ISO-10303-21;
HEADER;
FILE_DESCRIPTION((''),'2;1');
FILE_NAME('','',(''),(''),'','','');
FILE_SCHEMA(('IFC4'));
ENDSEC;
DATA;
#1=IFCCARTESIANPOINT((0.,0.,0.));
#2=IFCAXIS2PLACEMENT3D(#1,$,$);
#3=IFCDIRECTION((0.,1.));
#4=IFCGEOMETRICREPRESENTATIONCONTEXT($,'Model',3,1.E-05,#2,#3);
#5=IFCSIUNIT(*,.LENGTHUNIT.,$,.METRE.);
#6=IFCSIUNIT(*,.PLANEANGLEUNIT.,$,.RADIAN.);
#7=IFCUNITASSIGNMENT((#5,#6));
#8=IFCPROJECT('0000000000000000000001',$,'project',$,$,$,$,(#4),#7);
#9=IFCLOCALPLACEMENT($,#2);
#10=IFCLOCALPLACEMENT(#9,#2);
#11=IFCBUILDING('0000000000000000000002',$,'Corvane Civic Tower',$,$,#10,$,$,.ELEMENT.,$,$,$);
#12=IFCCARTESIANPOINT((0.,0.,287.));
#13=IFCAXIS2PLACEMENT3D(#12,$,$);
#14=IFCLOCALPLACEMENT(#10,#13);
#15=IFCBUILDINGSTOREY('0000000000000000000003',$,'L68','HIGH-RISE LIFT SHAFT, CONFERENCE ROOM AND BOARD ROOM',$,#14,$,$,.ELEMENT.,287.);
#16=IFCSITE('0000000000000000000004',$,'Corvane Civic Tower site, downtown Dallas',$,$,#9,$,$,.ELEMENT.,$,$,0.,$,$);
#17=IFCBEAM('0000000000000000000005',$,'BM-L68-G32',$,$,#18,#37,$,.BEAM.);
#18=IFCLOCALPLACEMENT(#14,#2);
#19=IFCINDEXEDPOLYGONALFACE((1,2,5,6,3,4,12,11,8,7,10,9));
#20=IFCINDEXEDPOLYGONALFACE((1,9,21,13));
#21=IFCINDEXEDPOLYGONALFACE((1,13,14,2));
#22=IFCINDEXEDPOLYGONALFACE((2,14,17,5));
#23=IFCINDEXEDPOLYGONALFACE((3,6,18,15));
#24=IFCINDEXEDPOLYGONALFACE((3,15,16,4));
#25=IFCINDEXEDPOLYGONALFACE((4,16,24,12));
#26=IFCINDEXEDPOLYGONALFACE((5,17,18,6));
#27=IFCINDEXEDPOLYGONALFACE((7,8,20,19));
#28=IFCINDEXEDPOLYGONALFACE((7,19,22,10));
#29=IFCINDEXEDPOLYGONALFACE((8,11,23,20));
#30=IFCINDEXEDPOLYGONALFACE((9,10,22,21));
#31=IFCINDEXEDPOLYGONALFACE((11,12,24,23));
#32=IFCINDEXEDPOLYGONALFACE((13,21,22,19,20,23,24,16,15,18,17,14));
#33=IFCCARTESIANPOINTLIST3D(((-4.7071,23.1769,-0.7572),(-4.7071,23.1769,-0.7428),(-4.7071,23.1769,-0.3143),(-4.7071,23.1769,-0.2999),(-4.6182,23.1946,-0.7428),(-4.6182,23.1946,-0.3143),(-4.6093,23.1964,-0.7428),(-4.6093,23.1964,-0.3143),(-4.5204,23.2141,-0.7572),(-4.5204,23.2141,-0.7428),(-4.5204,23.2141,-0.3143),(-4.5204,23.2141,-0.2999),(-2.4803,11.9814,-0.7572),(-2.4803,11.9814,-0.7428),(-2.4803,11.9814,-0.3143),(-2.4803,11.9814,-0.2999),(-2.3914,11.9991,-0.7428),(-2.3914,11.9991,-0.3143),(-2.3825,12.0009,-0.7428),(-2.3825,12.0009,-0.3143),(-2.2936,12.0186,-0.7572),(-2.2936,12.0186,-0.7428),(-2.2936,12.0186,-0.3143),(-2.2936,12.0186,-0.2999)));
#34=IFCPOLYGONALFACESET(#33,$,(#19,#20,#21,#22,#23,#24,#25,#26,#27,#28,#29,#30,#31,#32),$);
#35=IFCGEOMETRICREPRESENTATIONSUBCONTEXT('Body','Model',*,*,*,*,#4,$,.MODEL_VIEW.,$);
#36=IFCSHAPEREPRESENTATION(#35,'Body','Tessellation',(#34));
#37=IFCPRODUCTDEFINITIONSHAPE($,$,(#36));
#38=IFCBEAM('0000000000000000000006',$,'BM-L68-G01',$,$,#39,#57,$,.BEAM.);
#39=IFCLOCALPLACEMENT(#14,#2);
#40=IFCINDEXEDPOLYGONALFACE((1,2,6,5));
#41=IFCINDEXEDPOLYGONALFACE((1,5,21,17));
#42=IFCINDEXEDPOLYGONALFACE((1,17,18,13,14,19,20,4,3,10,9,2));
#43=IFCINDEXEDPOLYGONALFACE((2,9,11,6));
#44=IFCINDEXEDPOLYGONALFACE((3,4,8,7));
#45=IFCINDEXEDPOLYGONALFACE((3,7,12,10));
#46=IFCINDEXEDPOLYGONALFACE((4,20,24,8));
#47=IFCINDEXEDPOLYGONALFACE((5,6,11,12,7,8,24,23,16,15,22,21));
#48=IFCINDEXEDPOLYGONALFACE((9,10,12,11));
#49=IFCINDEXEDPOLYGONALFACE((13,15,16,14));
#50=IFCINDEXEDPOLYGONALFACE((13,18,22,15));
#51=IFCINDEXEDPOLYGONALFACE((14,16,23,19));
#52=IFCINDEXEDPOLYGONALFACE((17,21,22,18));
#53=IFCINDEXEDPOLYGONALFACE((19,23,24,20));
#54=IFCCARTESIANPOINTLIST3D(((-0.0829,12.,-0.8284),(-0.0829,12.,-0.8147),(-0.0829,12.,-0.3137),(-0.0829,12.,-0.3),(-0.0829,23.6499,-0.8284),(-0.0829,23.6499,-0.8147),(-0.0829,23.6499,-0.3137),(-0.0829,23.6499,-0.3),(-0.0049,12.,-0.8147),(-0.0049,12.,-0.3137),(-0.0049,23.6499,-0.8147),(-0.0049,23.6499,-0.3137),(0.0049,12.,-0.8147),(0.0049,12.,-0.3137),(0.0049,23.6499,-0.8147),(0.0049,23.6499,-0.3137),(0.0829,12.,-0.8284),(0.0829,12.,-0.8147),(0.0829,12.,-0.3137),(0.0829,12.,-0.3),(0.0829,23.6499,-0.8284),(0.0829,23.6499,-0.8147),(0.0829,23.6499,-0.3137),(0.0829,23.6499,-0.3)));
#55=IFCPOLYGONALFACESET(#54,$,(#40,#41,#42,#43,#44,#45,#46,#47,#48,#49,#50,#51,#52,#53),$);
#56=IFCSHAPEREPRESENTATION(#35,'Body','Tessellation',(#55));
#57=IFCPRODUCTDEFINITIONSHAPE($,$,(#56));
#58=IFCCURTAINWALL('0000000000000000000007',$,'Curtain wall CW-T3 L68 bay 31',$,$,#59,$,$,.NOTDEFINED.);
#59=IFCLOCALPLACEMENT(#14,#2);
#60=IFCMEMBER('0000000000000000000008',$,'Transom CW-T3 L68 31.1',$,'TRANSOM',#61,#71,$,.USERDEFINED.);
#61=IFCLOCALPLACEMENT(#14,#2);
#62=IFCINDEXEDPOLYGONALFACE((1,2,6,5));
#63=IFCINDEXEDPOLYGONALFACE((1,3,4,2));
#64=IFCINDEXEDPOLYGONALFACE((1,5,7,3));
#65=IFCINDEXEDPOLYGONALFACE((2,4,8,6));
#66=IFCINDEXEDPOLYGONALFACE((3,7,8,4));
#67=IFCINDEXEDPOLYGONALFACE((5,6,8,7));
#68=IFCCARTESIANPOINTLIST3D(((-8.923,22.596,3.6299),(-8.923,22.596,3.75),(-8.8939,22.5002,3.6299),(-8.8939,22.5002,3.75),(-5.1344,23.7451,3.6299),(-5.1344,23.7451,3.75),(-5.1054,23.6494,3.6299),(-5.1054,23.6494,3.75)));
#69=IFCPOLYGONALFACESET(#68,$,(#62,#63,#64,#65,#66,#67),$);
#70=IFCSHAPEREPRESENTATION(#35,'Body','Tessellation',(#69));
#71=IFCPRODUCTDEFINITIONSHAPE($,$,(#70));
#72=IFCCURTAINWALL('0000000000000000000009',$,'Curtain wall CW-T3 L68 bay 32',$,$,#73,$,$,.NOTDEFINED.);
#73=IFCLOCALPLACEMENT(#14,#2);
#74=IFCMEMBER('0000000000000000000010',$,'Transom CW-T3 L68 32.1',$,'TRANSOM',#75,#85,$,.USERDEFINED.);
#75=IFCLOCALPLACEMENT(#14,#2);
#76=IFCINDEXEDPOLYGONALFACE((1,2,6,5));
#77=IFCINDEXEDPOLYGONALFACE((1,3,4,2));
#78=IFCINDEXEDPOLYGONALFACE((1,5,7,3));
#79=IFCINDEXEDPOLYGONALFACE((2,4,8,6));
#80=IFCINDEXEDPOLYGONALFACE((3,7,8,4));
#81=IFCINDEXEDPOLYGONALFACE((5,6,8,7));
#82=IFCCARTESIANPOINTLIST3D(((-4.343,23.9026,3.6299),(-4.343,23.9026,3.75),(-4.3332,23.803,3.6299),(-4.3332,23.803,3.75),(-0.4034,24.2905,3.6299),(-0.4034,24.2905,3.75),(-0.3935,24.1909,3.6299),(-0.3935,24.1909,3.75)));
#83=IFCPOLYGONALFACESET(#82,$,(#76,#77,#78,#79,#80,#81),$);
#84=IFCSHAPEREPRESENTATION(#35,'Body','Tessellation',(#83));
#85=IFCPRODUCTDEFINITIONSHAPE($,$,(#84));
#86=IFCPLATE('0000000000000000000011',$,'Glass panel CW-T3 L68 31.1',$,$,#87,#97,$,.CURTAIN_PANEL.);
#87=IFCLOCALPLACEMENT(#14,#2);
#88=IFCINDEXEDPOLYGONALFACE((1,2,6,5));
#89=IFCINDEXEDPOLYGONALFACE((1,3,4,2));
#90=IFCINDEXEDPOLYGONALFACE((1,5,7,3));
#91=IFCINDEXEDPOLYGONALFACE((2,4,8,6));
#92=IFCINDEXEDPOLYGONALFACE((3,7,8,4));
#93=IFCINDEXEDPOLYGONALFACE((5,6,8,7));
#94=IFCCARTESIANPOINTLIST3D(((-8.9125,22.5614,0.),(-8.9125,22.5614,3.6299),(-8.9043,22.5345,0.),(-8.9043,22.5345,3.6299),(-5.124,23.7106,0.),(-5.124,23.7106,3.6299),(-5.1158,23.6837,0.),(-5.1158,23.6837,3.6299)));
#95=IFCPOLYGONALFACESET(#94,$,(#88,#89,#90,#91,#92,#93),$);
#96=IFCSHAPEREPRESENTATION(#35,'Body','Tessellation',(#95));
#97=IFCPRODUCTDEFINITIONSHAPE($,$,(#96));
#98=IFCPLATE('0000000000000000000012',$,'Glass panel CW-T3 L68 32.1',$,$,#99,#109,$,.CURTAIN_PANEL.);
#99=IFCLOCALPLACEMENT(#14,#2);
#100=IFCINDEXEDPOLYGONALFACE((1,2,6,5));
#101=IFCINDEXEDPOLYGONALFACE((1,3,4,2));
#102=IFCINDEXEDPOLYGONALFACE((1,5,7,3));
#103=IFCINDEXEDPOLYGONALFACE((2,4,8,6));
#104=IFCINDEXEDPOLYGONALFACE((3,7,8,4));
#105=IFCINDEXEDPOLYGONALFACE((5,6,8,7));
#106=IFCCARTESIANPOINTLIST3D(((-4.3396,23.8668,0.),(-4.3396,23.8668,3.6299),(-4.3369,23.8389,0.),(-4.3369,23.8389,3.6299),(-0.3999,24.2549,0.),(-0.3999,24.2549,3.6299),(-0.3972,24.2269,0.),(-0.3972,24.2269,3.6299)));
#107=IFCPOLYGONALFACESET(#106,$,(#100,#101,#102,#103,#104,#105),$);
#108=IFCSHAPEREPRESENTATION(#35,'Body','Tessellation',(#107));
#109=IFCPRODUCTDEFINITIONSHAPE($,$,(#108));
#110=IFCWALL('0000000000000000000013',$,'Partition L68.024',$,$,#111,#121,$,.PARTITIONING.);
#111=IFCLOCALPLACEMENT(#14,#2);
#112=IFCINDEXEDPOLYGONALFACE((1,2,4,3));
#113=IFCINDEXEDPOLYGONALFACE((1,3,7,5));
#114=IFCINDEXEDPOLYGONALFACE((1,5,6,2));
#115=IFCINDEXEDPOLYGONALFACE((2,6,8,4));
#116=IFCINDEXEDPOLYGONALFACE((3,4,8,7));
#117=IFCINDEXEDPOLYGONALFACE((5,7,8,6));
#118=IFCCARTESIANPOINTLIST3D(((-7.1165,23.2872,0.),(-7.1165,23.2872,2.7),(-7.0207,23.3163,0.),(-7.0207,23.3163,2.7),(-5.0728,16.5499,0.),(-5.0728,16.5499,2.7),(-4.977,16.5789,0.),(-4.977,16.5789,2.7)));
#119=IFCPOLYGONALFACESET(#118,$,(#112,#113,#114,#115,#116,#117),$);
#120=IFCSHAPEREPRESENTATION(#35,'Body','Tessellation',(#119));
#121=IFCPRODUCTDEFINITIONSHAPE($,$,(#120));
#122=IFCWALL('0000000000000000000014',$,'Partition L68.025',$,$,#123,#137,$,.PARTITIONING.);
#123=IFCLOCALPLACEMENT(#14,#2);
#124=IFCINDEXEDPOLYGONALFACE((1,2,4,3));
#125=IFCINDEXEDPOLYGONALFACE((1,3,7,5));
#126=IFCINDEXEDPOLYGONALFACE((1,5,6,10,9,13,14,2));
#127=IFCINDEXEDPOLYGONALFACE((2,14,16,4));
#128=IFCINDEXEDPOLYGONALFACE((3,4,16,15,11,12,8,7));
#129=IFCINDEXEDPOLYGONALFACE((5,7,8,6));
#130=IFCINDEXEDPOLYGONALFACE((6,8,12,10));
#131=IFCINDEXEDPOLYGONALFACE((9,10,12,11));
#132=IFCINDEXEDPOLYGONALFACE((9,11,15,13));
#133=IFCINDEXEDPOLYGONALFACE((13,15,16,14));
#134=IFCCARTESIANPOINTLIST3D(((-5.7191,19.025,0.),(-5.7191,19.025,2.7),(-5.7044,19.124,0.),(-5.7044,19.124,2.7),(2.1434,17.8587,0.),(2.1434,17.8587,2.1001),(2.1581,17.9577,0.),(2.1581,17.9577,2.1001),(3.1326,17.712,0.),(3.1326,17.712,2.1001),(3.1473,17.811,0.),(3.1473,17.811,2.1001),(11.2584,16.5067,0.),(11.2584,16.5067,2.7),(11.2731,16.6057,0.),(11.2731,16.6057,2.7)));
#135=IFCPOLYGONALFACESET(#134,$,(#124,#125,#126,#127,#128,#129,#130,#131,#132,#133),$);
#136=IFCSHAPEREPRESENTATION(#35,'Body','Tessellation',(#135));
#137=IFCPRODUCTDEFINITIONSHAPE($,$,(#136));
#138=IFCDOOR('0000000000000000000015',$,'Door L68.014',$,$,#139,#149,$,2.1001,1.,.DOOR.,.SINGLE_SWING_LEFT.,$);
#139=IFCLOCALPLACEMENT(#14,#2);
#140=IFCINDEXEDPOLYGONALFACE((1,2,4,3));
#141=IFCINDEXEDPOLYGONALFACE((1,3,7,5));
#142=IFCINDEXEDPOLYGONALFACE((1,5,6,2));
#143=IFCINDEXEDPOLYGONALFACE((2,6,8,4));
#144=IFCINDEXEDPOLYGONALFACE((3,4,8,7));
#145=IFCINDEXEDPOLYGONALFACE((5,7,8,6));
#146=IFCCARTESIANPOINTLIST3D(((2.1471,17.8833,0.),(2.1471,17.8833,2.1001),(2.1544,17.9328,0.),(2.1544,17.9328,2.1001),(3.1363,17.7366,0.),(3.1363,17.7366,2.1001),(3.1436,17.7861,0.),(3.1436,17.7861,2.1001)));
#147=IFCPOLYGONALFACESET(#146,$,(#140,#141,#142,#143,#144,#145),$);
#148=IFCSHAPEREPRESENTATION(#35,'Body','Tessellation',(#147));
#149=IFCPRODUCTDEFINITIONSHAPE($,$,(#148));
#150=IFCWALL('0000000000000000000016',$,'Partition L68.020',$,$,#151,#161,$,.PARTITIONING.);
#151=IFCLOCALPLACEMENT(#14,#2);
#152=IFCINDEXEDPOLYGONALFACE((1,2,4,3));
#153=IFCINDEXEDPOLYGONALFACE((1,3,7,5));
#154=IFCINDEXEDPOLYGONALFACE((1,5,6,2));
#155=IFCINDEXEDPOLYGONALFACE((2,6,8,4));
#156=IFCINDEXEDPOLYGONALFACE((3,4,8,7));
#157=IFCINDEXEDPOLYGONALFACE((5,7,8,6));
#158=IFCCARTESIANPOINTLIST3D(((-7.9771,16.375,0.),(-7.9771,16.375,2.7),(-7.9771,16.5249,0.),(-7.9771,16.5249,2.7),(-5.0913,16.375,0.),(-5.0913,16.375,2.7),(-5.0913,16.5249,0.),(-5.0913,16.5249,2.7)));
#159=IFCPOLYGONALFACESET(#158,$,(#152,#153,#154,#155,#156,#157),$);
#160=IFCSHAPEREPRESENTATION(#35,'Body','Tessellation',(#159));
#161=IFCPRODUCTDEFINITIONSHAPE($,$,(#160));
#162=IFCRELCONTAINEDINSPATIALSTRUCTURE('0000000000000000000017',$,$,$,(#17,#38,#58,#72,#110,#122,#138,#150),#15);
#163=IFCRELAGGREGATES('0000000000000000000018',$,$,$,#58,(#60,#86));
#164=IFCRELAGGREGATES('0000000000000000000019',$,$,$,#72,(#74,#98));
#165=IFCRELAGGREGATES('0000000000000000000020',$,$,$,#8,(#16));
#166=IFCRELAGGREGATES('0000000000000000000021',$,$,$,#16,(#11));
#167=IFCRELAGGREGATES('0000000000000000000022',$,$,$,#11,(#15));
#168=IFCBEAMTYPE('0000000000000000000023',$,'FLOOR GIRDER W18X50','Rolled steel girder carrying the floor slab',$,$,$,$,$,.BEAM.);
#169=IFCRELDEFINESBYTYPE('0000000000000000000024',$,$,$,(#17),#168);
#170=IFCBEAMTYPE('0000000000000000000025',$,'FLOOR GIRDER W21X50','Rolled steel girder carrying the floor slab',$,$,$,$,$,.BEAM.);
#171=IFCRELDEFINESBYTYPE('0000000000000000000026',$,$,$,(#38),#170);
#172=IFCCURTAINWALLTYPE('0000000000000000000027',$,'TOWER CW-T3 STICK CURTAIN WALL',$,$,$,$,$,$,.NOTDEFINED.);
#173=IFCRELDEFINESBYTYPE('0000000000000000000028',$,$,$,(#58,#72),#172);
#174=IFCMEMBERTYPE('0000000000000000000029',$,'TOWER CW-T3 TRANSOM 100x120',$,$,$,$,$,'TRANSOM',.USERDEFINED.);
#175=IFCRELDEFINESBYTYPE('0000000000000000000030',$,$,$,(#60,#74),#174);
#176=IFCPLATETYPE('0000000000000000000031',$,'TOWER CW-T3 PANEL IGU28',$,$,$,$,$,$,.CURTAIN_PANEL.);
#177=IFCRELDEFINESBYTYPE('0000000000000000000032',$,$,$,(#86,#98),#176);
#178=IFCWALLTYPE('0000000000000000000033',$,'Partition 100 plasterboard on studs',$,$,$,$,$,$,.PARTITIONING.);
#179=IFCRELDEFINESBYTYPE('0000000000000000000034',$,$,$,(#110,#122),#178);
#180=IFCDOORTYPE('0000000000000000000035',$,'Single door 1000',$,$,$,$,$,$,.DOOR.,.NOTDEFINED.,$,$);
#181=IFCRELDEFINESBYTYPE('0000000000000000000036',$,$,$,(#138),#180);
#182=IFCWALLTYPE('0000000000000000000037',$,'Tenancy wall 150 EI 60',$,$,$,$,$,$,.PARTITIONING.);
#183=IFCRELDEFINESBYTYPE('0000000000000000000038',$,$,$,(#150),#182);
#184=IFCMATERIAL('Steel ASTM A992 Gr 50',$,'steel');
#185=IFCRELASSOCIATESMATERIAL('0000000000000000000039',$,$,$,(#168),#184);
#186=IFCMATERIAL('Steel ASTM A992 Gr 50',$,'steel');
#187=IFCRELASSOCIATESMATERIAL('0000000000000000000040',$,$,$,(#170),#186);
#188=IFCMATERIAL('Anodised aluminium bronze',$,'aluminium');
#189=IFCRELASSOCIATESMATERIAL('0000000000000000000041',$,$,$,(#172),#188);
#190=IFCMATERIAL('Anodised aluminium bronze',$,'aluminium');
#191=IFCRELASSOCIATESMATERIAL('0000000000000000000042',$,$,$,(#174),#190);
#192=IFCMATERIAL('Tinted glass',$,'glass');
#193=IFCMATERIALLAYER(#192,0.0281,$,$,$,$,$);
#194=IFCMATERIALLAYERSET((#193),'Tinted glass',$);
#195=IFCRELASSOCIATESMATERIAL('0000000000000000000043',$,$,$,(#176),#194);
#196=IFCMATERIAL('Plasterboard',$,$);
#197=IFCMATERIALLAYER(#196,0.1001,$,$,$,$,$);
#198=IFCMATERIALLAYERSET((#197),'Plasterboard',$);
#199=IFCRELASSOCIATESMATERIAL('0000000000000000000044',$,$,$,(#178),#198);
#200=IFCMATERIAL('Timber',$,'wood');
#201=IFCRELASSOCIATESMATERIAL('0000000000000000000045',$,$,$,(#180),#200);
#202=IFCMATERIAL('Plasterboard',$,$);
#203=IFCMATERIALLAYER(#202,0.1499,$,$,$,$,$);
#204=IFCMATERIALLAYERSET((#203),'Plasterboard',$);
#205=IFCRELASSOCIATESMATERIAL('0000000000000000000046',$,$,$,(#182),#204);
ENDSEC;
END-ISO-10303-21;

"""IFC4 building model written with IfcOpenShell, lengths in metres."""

from ifc_helpers import new_model, si_unit, direction, frame, frame_2d, origin, origin_2d, place, context, subcontext, project, spatial, rectangle, i_section, extrude, material, layer, layer_set, material_profile, profile_set, type_object, element, fill, aggregate, save


model = new_model("IFC4")

# Units and contexts
model_context = context("Model", 3, precision=1e-05, world=origin(), true_north=direction((0.0, 1.0)))
body_context = subcontext(model_context, "Body", "Model", "MODEL_VIEW")
ifc_project = project(units=[si_unit("LENGTHUNIT", "METRE"), si_unit("PLANEANGLEUNIT", "RADIAN")], contexts=[model_context])

# Site, building, storey
site_placement = place(None, origin())
site = spatial("IfcSite", under=ifc_project, at=site_placement, Name="Corvane Civic Tower site, downtown Dallas", CompositionType="ELEMENT", RefElevation=0.0)
building_placement = place(site_placement, origin())
building = spatial("IfcBuilding", under=site, at=building_placement, Name="Corvane Civic Tower", CompositionType="ELEMENT")
storey_placement = place(building_placement, frame((0.0, 0.0, 287.0)))
storey = spatial("IfcBuildingStorey", under=building, at=storey_placement, Name="L68", Description="HIGH-RISE LIFT SHAFT, CONFERENCE ROOM AND BOARD ROOM", CompositionType="ELEMENT", Elevation=287.0)

# Beams
ifc_material_1 = material(Name="Steel ASTM A992 Gr 50", Category="steel")
ifc_material_profile_1 = material_profile(ifc_material_1, i_section(OverallWidth=0.1904, OverallDepth=0.4573, WebThickness=0.009, FlangeThickness=0.0144, at=origin_2d()), Name="W18X50")
ifc_profile_set_1 = profile_set([ifc_material_profile_1], Name="Steel ASTM A992 Gr 50")
beam_type_1 = type_object("IfcBeamType", Name="FLOOR GIRDER W18X50", Description="Rolled steel girder carrying the floor slab", PredefinedType="BEAM", material=ifc_profile_set_1)
beam_1_placement = place(storey_placement, frame((-2.387, 12.0, -0.5286), z_axis=(-0.19508, 0.980787, 0.0), x_axis=(-0.980787, -0.19508, 0.0)))
element("IfcBeam", 1, at=beam_1_placement, inside=storey, type_object=beam_type_1, Name="BM-L68-G32", PredefinedType="BEAM", context=body_context, shape_type="SweptSolid", body=[
    extrude(i_section(OverallWidth=0.1904, OverallDepth=0.4573, WebThickness=0.009, FlangeThickness=0.0144, at=origin_2d()), origin(), (0.0, 0.0, 1.0), 11.4148),
])
ifc_material_2 = material(Name="Steel ASTM A992 Gr 50", Category="steel")
ifc_material_profile_2 = material_profile(ifc_material_2, i_section(OverallWidth=0.1658, OverallDepth=0.5283, WebThickness=0.0098, FlangeThickness=0.0137, at=origin_2d()), Name="W21X50")
ifc_profile_set_2 = profile_set([ifc_material_profile_2], Name="Steel ASTM A992 Gr 50")
beam_type_2 = type_object("IfcBeamType", Name="FLOOR GIRDER W21X50", Description="Rolled steel girder carrying the floor slab", PredefinedType="BEAM", material=ifc_profile_set_2)
beam_2_placement = place(storey_placement, frame((0.0, 12.0, -0.5642), z_axis=(0.0, 1.0, 0.0), x_axis=(-1.0, 0.0, 0.0)))
element("IfcBeam", 2, at=beam_2_placement, inside=storey, type_object=beam_type_2, Name="BM-L68-G01", PredefinedType="BEAM", context=body_context, shape_type="SweptSolid", body=[
    extrude(i_section(OverallWidth=0.1658, OverallDepth=0.5283, WebThickness=0.0098, FlangeThickness=0.0137, at=origin_2d()), origin(), (0.0, 0.0, 1.0), 11.6499),
])

# Curtain walls, members
ifc_material_3 = material(Name="Anodised aluminium bronze", Category="aluminium")
curtain_wall_type = type_object("IfcCurtainWallType", Name="TOWER CW-T3 STICK CURTAIN WALL", PredefinedType="NOTDEFINED", material=ifc_material_3)
curtain_wall_1_placement = place(storey_placement, origin())
curtain_wall_1 = element("IfcCurtainWall", 3, at=curtain_wall_1_placement, inside=storey, type_object=curtain_wall_type, Name="Curtain wall CW-T3 L68 bay 31", PredefinedType="NOTDEFINED")
ifc_material_4 = material(Name="Anodised aluminium bronze", Category="aluminium")
ifc_material_profile_3 = material_profile(ifc_material_4, rectangle(XDim=0.1001, YDim=0.1201, at=origin_2d()), Name="TOWER CW-T3 TRANSOM 100x120")
ifc_profile_set_3 = profile_set([ifc_material_profile_3], Name="Anodised aluminium bronze")
member_type = type_object("IfcMemberType", Name="TOWER CW-T3 TRANSOM 100x120", ElementType="TRANSOM", PredefinedType="USERDEFINED", material=ifc_profile_set_3)
member_1_placement = place(storey_placement, frame((-8.9084, 22.5481, 3.6899), z_axis=(0.956946, 0.290266, 0.0), x_axis=(-0.290266, 0.956946, 0.0)))
member_1 = element("IfcMember", 4, at=member_1_placement, type_object=member_type, Name="Transom CW-T3 L68 31.1", ObjectType="TRANSOM", PredefinedType="USERDEFINED", context=body_context, shape_type="SweptSolid", body=[
    extrude(rectangle(XDim=0.1001, YDim=0.1201, at=origin_2d()), origin(), (0.0, 0.0, 1.0), 3.959),
])
curtain_wall_2_placement = place(storey_placement, origin())
curtain_wall_2 = element("IfcCurtainWall", 5, at=curtain_wall_2_placement, inside=storey, type_object=curtain_wall_type, Name="Curtain wall CW-T3 L68 bay 32", PredefinedType="NOTDEFINED")
member_2_placement = place(storey_placement, frame((-4.3381, 23.8528, 3.6899), z_axis=(0.995187, 0.097995, 0.0), x_axis=(-0.097995, 0.995187, 0.0)))
member_2 = element("IfcMember", 6, at=member_2_placement, type_object=member_type, Name="Transom CW-T3 L68 32.1", ObjectType="TRANSOM", PredefinedType="USERDEFINED", context=body_context, shape_type="SweptSolid", body=[
    extrude(rectangle(XDim=0.1001, YDim=0.1201, at=origin_2d()), origin(), (0.0, 0.0, 1.0), 3.9587),
])

# Plates
ifc_material_5 = material(Name="Tinted glass", Category="glass")
ifc_layer_1 = layer(ifc_material_5, 0.0281)
ifc_layer_set_1 = layer_set([ifc_layer_1], Name="Tinted glass")
plate_type = type_object("IfcPlateType", Name="TOWER CW-T3 PANEL IGU28", PredefinedType="CURTAIN_PANEL", material=ifc_layer_set_1)
plate_1_placement = place(storey_placement, frame((-7.0142, 23.1226, 0.0), z_axis=(0.0, 0.0, 1.0), x_axis=(0.956944, 0.290274, 0.0)))
plate_1 = element("IfcPlate", 7, at=plate_1_placement, type_object=plate_type, Name="Glass panel CW-T3 L68 31.1", PredefinedType="CURTAIN_PANEL", context=body_context, shape_type="SweptSolid", body=[
    extrude(rectangle(XDim=3.959, YDim=0.0281, at=origin_2d()), origin(), (0.0, 0.0, 1.0), 3.6299),
])
aggregate(curtain_wall_1, [member_1, plate_1])
plate_2_placement = place(storey_placement, frame((-2.3684, 24.0469, 0.0), z_axis=(0.0, 0.0, 1.0), x_axis=(0.995184, 0.098021, 0.0)))
plate_2 = element("IfcPlate", 8, at=plate_2_placement, type_object=plate_type, Name="Glass panel CW-T3 L68 32.1", PredefinedType="CURTAIN_PANEL", context=body_context, shape_type="SweptSolid", body=[
    extrude(rectangle(XDim=3.9587, YDim=0.0281, at=origin_2d()), origin(), (0.0, 0.0, 1.0), 3.6299),
])
aggregate(curtain_wall_2, [member_2, plate_2])

# Wall
ifc_material_6 = material(Name="Plasterboard")
ifc_layer_2 = layer(ifc_material_6, 0.1001)
ifc_layer_set_2 = layer_set([ifc_layer_2], Name="Plasterboard")
wall_type_1 = type_object("IfcWallType", Name="Partition 100 plasterboard on studs", PredefinedType="PARTITIONING", material=ifc_layer_set_2)
wall_1_placement = place(storey_placement, frame((-7.0686, 23.3018, 0.0), z_axis=(0.0, 0.0, 1.0), x_axis=(0.29028, -0.956942, 0.0)))
element("IfcWall", 9, at=wall_1_placement, inside=storey, type_object=wall_type_1, Name="Partition L68.024", PredefinedType="PARTITIONING", context=body_context, shape_type="SweptSolid", body=[
    extrude(rectangle(XDim=7.0405, YDim=0.1001, at=frame_2d((3.5203, 0.0))), origin(), (0.0, 0.0, 1.0), 2.7),
])

# Wall, opening, door
wall_2_placement = place(storey_placement, frame((-5.7117, 19.0745, 0.0), z_axis=(0.0, 0.0, 1.0), x_axis=(0.989177, -0.146727, 0.0)))
wall_2 = element("IfcWall", 10, at=wall_2_placement, inside=storey, type_object=wall_type_1, Name="Partition L68.025", PredefinedType="PARTITIONING", context=body_context, shape_type="SweptSolid", body=[
    extrude(rectangle(XDim=17.1633, YDim=0.1001, at=frame_2d((8.5815, 0.0))), origin(), (0.0, 0.0, 1.0), 2.7),
])
opening_1_placement = place(wall_2_placement, frame((7.9485, 0.0, 0.0)))
opening_1 = element("IfcOpeningElement", 11, at=opening_1_placement, cuts=wall_2, PredefinedType="OPENING", context=body_context, shape_type="SweptSolid", body=[
    extrude(rectangle(XDim=1.0, YDim=2.1001, at=frame_2d((0.5, 1.05))), frame((0.0, 0.0601, 0.0), z_axis=(0.0, -1.0, 0.0), x_axis=(1.0, 0.0, 0.0)), (0.0, 0.0, 1.0), 0.1201),
])
ifc_material_7 = material(Name="Timber", Category="wood")
door_type_1 = type_object("IfcDoorType", Name="Single door 1000", OperationType="NOTDEFINED", PredefinedType="DOOR", material=ifc_material_7)
door_1_placement = place(opening_1_placement, origin())
door_1 = element("IfcDoor", 12, at=door_1_placement, inside=storey, type_object=door_type_1, Name="Door L68.014", OperationType="SINGLE_SWING_LEFT", OverallHeight=2.1001, OverallWidth=1.0, PredefinedType="DOOR", context=body_context, shape_type="SweptSolid", body=[
    extrude(rectangle(XDim=1.0, YDim=2.1001, at=frame_2d((0.5, 1.05))), frame((0.0, 0.0249, 0.0), z_axis=(0.0, -1.0, 0.0), x_axis=(1.0, 0.0, 0.0)), (0.0, 0.0, 1.0), 0.05),
])
fill(opening_1, door_1)

# Wall
ifc_material_8 = material(Name="Plasterboard")
ifc_layer_3 = layer(ifc_material_8, 0.1499)
ifc_layer_set_3 = layer_set([ifc_layer_3], Name="Plasterboard")
wall_type_2 = type_object("IfcWallType", Name="Tenancy wall 150 EI 60", PredefinedType="PARTITIONING", material=ifc_layer_set_3)
wall_3_placement = place(storey_placement, frame((-7.9771, 16.45, 0.0), z_axis=(0.0, 0.0, 1.0), x_axis=(1.0, 0.0, 0.0)))
element("IfcWall", 13, at=wall_3_placement, inside=storey, type_object=wall_type_2, Name="Partition L68.020", PredefinedType="PARTITIONING", context=body_context, shape_type="SweptSolid", body=[
    extrude(rectangle(XDim=2.8857, YDim=0.1499, at=frame_2d((1.4429, 0.0))), origin(), (0.0, 0.0, 1.0), 2.7),
])

save(model, "model.ifc")
